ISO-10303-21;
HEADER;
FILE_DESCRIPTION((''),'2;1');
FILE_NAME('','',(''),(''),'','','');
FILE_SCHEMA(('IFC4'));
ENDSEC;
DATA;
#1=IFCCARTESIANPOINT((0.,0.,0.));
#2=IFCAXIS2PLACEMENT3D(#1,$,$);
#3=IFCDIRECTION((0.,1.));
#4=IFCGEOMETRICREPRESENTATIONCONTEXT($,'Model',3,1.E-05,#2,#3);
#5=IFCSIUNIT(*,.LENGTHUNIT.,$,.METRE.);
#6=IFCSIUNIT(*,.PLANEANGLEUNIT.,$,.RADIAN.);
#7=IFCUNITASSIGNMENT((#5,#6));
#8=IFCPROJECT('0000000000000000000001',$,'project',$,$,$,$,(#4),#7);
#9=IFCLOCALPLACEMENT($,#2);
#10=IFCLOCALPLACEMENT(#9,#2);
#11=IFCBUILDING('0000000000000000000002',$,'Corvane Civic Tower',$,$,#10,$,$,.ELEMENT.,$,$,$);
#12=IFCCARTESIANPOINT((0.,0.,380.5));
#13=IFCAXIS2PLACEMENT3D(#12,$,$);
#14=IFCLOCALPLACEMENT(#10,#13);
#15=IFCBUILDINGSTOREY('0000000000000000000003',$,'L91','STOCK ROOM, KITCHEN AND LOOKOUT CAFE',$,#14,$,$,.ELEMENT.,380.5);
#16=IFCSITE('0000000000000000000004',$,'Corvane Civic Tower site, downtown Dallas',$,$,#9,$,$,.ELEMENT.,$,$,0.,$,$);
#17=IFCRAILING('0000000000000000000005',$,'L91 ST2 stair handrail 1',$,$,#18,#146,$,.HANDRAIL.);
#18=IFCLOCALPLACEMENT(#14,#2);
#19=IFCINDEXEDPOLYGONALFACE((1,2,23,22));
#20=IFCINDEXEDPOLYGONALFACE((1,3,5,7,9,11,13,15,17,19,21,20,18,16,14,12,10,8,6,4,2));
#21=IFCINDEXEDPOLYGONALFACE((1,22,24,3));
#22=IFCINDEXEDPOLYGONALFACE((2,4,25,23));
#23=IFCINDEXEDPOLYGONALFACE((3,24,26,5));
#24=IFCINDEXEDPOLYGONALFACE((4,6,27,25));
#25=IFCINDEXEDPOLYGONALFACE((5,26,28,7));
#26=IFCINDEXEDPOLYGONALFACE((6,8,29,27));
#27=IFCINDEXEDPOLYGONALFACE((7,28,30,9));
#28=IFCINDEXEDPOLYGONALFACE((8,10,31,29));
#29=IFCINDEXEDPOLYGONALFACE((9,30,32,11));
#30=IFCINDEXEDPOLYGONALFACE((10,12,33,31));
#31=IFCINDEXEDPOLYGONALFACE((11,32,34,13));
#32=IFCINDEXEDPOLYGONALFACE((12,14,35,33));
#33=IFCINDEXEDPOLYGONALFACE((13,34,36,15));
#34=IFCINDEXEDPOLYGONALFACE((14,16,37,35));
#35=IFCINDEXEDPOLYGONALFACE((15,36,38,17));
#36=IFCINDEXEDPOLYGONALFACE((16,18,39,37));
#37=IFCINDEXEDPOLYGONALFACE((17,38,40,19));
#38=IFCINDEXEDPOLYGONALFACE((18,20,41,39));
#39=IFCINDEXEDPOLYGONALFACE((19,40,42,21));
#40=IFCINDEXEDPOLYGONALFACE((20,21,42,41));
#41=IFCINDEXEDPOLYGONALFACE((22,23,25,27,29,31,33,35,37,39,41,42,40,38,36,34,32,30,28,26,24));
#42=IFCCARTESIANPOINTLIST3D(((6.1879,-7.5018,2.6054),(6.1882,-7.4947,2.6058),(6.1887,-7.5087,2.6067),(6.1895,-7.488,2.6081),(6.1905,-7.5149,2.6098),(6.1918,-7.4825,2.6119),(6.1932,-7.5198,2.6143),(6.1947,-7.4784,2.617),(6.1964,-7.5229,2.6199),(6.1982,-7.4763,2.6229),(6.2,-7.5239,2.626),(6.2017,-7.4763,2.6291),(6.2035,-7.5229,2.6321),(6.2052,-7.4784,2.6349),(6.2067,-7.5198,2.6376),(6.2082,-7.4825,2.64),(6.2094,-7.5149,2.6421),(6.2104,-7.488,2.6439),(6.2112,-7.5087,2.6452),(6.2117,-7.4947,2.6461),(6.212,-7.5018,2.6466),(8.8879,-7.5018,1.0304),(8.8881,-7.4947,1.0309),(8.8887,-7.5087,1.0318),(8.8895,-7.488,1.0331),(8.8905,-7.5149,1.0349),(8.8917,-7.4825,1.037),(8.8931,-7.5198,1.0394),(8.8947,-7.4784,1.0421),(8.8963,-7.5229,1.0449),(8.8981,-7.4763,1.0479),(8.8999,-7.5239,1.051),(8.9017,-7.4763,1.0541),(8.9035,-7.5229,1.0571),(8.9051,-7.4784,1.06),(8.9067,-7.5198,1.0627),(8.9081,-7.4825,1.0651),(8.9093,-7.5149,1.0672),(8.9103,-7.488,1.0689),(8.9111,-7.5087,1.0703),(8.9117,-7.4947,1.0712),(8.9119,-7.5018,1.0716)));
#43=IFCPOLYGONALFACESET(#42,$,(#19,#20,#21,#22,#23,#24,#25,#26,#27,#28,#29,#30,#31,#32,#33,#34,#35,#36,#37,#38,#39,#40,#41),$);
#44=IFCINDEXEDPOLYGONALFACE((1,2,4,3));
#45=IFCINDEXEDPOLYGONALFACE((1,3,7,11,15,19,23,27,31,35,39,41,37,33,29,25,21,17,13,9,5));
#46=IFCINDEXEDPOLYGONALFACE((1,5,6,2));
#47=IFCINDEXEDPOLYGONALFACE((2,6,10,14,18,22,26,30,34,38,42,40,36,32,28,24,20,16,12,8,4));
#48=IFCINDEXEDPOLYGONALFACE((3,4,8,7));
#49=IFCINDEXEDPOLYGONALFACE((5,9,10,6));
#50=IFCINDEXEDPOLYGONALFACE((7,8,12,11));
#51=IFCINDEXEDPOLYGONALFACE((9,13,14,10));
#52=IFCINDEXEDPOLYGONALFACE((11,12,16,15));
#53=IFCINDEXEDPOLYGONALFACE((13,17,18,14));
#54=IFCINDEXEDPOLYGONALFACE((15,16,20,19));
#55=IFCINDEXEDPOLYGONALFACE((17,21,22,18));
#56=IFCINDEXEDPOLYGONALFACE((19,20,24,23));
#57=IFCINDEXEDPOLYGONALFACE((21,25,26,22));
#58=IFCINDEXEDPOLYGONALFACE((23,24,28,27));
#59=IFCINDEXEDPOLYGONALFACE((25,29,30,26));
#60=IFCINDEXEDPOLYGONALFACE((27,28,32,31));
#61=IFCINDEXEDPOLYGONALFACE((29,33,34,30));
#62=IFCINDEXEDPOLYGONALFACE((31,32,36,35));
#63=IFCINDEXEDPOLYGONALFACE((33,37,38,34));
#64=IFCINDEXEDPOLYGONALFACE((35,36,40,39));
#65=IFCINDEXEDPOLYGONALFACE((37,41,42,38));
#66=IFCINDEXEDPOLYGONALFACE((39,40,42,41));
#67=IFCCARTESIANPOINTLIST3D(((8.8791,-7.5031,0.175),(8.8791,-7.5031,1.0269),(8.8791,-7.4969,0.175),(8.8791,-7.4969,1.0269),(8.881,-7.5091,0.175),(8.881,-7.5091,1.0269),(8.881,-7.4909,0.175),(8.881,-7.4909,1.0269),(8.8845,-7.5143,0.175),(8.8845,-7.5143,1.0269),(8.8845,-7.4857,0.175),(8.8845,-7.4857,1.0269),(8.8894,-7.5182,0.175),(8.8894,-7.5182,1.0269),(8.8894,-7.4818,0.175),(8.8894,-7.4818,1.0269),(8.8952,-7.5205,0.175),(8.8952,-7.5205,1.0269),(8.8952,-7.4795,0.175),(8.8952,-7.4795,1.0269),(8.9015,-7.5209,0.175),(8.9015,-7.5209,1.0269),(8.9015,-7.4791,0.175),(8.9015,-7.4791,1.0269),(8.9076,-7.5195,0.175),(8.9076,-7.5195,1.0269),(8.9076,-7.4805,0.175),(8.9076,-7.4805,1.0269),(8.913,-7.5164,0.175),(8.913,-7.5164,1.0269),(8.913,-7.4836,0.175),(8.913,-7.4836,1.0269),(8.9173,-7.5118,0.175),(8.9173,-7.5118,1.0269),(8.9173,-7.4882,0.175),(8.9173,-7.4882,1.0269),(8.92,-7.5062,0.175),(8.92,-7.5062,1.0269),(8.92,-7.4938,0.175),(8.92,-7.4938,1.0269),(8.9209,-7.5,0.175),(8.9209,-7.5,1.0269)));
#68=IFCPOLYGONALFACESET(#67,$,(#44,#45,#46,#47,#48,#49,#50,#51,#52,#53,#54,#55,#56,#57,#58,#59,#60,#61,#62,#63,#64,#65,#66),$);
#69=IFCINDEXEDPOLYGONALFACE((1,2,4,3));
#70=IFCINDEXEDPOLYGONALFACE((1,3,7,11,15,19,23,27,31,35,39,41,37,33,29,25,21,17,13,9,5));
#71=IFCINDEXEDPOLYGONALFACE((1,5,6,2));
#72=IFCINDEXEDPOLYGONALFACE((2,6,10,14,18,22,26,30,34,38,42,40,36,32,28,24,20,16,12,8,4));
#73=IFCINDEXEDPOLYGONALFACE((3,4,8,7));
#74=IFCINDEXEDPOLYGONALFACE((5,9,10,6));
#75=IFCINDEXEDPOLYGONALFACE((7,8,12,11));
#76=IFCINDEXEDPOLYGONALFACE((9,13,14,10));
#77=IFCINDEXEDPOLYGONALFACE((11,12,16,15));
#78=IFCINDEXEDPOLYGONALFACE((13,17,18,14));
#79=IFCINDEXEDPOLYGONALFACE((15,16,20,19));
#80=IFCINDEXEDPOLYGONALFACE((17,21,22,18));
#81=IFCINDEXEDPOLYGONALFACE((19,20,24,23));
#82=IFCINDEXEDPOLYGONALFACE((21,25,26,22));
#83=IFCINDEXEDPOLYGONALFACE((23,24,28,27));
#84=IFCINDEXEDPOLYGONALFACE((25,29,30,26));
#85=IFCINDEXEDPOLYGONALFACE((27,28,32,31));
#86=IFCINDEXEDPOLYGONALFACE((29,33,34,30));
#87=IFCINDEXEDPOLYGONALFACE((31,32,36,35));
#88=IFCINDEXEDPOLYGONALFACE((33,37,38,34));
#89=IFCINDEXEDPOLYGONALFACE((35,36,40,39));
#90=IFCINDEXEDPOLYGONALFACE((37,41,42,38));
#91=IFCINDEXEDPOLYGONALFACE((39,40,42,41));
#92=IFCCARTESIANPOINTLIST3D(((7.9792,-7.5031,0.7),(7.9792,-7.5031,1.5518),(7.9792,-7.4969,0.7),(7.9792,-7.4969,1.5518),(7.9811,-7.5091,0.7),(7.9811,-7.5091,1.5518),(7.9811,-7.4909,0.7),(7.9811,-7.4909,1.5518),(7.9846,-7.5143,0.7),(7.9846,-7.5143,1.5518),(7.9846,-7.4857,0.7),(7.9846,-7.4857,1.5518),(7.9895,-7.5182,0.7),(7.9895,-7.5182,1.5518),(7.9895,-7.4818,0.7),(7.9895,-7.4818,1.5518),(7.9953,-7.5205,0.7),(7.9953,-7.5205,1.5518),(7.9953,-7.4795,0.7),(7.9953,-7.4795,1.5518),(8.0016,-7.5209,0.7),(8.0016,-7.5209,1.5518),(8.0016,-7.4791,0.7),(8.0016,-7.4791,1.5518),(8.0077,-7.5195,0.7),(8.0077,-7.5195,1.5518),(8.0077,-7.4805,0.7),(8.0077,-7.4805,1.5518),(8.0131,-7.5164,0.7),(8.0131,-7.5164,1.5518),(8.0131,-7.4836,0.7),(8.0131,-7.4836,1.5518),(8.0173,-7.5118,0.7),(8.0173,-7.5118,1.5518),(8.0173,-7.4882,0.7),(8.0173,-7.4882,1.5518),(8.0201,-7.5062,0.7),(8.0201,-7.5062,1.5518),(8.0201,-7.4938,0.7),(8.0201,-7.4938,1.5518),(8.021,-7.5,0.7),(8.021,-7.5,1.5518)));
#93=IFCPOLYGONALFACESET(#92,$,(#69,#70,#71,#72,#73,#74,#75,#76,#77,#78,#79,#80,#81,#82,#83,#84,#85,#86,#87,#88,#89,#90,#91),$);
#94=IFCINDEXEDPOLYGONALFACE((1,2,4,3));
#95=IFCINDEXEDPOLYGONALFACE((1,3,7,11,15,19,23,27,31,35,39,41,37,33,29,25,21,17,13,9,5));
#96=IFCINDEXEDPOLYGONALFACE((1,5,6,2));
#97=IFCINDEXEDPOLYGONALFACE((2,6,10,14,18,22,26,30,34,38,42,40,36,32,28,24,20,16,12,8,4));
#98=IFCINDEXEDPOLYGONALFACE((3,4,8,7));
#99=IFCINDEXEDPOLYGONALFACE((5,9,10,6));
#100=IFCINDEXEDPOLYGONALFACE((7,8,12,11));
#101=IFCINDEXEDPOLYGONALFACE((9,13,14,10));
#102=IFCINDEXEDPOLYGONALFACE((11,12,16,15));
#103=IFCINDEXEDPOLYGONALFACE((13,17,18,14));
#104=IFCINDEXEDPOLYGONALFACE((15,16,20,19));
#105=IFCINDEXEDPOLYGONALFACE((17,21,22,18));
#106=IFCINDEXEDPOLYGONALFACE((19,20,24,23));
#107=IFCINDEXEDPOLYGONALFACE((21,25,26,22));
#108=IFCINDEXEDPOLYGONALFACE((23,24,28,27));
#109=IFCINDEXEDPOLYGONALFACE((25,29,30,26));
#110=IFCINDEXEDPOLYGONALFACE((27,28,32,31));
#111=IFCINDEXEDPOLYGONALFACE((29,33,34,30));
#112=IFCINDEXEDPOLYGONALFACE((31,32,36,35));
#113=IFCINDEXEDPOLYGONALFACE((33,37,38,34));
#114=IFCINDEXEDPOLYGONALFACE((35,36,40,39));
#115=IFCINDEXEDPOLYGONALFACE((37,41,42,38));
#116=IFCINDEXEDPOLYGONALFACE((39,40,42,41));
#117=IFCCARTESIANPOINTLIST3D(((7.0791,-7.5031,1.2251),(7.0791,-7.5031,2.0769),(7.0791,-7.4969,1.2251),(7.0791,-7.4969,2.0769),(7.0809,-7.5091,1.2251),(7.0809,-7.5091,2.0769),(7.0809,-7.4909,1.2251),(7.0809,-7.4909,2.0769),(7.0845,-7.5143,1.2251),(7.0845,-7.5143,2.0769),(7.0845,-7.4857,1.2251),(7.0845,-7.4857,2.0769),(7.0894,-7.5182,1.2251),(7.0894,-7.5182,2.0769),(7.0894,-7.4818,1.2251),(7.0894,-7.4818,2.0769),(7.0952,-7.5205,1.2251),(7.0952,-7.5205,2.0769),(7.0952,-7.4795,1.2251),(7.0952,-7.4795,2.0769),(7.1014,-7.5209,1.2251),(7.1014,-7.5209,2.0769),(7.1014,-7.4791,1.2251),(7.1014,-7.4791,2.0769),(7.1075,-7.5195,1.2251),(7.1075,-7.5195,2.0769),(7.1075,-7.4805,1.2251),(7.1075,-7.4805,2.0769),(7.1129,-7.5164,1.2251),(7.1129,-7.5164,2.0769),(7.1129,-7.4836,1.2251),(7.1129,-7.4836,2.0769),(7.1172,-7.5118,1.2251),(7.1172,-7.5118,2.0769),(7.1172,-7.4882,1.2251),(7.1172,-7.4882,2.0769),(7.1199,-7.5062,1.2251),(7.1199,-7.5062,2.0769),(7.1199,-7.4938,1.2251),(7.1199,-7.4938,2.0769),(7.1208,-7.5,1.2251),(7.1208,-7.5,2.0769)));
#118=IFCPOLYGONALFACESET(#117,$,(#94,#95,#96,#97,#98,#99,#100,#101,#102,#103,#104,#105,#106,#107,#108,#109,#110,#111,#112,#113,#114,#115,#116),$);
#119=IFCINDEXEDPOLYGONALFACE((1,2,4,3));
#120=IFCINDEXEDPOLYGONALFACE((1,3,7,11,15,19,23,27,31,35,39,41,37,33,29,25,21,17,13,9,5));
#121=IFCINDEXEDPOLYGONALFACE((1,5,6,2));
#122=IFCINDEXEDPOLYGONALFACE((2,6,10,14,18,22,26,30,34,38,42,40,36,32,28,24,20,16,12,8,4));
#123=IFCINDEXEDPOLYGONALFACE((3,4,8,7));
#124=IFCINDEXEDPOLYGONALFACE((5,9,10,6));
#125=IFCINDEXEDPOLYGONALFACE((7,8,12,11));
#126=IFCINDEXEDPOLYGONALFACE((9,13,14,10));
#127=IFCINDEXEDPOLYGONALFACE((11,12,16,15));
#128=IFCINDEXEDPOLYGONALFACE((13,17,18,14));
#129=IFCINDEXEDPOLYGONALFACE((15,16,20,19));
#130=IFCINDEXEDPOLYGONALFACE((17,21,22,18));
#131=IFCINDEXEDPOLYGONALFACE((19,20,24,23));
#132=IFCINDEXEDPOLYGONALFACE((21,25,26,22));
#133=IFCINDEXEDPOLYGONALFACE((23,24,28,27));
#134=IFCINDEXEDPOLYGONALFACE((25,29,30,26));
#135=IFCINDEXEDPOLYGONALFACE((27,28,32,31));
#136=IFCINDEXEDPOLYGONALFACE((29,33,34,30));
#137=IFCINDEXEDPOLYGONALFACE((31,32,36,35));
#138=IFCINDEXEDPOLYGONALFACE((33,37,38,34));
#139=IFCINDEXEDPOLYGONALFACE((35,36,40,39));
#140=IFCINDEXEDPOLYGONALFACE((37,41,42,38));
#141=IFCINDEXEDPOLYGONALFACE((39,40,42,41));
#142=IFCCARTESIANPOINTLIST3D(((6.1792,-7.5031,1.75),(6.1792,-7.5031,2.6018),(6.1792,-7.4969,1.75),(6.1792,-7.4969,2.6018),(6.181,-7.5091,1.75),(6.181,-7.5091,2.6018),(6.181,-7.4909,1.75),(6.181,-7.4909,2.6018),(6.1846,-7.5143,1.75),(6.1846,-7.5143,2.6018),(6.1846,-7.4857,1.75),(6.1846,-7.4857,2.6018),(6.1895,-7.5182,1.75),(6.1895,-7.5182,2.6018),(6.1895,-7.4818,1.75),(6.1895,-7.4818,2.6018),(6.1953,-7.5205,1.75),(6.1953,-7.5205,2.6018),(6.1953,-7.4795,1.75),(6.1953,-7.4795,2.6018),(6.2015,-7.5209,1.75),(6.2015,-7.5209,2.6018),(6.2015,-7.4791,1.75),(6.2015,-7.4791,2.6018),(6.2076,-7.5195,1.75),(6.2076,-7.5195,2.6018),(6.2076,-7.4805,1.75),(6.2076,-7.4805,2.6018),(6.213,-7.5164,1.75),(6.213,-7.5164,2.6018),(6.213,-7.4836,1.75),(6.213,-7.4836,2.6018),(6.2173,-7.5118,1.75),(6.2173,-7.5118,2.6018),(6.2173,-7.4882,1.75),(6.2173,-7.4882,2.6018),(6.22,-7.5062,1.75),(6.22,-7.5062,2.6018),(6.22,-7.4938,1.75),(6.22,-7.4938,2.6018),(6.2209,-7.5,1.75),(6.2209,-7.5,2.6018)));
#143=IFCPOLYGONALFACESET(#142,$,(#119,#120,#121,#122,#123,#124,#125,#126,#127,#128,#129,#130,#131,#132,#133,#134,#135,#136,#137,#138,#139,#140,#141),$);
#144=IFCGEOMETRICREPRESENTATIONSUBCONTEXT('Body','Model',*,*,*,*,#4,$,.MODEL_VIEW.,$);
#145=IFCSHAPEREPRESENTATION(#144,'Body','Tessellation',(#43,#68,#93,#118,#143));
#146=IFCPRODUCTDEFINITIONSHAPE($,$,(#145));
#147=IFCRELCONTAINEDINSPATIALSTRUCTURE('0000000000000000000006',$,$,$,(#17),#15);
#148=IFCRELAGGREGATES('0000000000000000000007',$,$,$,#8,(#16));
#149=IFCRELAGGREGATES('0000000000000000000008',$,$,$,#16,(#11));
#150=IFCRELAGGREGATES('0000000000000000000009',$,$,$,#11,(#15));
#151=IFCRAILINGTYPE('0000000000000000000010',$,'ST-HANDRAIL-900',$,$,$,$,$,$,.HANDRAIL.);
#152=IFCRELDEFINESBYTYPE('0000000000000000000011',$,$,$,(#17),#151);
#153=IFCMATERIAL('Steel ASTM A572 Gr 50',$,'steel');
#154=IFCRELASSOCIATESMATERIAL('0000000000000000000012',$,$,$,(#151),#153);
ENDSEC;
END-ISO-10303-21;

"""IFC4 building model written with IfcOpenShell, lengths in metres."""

from ifc_helpers import new_model, si_unit, direction, frame, origin, origin_2d, place, context, subcontext, project, spatial, circle, extrude, material, type_object, element, save


model = new_model("IFC4")

# Units and contexts
model_context = context("Model", 3, precision=1e-05, world=origin(), true_north=direction((0.0, 1.0)))
body_context = subcontext(model_context, "Body", "Model", "MODEL_VIEW")
ifc_project = project(units=[si_unit("LENGTHUNIT", "METRE"), si_unit("PLANEANGLEUNIT", "RADIAN")], contexts=[model_context])

# Site, building, storey
site_placement = place(None, origin())
site = spatial("IfcSite", under=ifc_project, at=site_placement, Name="Corvane Civic Tower site, downtown Dallas", CompositionType="ELEMENT", RefElevation=0.0)
building_placement = place(site_placement, origin())
building = spatial("IfcBuilding", under=site, at=building_placement, Name="Corvane Civic Tower", CompositionType="ELEMENT")
storey_placement = place(building_placement, frame((0.0, 0.0, 380.5)))
storey = spatial("IfcBuildingStorey", under=building, at=storey_placement, Name="L91", Description="STOCK ROOM, KITCHEN AND LOOKOUT CAFE", CompositionType="ELEMENT", Elevation=380.5)

# Railing
ifc_material_1 = material(Name="Steel ASTM A572 Gr 50", Category="steel")
railing_type_1 = type_object("IfcRailingType", Name="ST-HANDRAIL-900", PredefinedType="HANDRAIL", material=ifc_material_1)
for number, where, name in (
    (1, (8.8999, -7.5, 0.175), "L91 ST2 stair handrail 1"),
):
    element("IfcRailing", number, at=place(storey_placement, frame(where)), inside=storey, type_object=railing_type_1, Name=name, PredefinedType="HANDRAIL", context=body_context, shape_type="SweptSolid", body=[
        extrude(circle(Radius=0.0239, at=origin_2d()), frame((0.0, 0.0, 0.876), z_axis=(-0.863782, 0.0, 0.503866), x_axis=(0.0, -1.0, 0.0)), (0.0, 0.0, 1.0), 3.1257),
        extrude(circle(Radius=0.021, at=origin_2d()), origin(), (0.0, 0.0, 1.0), 0.8518),
        extrude(circle(Radius=0.021, at=origin_2d()), frame((-0.8999, 0.0, 0.5249)), (0.0, 0.0, 1.0), 0.8518),
        extrude(circle(Radius=0.021, at=origin_2d()), frame((-1.8, 0.0, 1.05)), (0.0, 0.0, 1.0), 0.8518),
        extrude(circle(Radius=0.021, at=origin_2d()), frame((-2.7, 0.0, 1.575)), (0.0, 0.0, 1.0), 0.8518),
    ])

save(model, "model.ifc")
